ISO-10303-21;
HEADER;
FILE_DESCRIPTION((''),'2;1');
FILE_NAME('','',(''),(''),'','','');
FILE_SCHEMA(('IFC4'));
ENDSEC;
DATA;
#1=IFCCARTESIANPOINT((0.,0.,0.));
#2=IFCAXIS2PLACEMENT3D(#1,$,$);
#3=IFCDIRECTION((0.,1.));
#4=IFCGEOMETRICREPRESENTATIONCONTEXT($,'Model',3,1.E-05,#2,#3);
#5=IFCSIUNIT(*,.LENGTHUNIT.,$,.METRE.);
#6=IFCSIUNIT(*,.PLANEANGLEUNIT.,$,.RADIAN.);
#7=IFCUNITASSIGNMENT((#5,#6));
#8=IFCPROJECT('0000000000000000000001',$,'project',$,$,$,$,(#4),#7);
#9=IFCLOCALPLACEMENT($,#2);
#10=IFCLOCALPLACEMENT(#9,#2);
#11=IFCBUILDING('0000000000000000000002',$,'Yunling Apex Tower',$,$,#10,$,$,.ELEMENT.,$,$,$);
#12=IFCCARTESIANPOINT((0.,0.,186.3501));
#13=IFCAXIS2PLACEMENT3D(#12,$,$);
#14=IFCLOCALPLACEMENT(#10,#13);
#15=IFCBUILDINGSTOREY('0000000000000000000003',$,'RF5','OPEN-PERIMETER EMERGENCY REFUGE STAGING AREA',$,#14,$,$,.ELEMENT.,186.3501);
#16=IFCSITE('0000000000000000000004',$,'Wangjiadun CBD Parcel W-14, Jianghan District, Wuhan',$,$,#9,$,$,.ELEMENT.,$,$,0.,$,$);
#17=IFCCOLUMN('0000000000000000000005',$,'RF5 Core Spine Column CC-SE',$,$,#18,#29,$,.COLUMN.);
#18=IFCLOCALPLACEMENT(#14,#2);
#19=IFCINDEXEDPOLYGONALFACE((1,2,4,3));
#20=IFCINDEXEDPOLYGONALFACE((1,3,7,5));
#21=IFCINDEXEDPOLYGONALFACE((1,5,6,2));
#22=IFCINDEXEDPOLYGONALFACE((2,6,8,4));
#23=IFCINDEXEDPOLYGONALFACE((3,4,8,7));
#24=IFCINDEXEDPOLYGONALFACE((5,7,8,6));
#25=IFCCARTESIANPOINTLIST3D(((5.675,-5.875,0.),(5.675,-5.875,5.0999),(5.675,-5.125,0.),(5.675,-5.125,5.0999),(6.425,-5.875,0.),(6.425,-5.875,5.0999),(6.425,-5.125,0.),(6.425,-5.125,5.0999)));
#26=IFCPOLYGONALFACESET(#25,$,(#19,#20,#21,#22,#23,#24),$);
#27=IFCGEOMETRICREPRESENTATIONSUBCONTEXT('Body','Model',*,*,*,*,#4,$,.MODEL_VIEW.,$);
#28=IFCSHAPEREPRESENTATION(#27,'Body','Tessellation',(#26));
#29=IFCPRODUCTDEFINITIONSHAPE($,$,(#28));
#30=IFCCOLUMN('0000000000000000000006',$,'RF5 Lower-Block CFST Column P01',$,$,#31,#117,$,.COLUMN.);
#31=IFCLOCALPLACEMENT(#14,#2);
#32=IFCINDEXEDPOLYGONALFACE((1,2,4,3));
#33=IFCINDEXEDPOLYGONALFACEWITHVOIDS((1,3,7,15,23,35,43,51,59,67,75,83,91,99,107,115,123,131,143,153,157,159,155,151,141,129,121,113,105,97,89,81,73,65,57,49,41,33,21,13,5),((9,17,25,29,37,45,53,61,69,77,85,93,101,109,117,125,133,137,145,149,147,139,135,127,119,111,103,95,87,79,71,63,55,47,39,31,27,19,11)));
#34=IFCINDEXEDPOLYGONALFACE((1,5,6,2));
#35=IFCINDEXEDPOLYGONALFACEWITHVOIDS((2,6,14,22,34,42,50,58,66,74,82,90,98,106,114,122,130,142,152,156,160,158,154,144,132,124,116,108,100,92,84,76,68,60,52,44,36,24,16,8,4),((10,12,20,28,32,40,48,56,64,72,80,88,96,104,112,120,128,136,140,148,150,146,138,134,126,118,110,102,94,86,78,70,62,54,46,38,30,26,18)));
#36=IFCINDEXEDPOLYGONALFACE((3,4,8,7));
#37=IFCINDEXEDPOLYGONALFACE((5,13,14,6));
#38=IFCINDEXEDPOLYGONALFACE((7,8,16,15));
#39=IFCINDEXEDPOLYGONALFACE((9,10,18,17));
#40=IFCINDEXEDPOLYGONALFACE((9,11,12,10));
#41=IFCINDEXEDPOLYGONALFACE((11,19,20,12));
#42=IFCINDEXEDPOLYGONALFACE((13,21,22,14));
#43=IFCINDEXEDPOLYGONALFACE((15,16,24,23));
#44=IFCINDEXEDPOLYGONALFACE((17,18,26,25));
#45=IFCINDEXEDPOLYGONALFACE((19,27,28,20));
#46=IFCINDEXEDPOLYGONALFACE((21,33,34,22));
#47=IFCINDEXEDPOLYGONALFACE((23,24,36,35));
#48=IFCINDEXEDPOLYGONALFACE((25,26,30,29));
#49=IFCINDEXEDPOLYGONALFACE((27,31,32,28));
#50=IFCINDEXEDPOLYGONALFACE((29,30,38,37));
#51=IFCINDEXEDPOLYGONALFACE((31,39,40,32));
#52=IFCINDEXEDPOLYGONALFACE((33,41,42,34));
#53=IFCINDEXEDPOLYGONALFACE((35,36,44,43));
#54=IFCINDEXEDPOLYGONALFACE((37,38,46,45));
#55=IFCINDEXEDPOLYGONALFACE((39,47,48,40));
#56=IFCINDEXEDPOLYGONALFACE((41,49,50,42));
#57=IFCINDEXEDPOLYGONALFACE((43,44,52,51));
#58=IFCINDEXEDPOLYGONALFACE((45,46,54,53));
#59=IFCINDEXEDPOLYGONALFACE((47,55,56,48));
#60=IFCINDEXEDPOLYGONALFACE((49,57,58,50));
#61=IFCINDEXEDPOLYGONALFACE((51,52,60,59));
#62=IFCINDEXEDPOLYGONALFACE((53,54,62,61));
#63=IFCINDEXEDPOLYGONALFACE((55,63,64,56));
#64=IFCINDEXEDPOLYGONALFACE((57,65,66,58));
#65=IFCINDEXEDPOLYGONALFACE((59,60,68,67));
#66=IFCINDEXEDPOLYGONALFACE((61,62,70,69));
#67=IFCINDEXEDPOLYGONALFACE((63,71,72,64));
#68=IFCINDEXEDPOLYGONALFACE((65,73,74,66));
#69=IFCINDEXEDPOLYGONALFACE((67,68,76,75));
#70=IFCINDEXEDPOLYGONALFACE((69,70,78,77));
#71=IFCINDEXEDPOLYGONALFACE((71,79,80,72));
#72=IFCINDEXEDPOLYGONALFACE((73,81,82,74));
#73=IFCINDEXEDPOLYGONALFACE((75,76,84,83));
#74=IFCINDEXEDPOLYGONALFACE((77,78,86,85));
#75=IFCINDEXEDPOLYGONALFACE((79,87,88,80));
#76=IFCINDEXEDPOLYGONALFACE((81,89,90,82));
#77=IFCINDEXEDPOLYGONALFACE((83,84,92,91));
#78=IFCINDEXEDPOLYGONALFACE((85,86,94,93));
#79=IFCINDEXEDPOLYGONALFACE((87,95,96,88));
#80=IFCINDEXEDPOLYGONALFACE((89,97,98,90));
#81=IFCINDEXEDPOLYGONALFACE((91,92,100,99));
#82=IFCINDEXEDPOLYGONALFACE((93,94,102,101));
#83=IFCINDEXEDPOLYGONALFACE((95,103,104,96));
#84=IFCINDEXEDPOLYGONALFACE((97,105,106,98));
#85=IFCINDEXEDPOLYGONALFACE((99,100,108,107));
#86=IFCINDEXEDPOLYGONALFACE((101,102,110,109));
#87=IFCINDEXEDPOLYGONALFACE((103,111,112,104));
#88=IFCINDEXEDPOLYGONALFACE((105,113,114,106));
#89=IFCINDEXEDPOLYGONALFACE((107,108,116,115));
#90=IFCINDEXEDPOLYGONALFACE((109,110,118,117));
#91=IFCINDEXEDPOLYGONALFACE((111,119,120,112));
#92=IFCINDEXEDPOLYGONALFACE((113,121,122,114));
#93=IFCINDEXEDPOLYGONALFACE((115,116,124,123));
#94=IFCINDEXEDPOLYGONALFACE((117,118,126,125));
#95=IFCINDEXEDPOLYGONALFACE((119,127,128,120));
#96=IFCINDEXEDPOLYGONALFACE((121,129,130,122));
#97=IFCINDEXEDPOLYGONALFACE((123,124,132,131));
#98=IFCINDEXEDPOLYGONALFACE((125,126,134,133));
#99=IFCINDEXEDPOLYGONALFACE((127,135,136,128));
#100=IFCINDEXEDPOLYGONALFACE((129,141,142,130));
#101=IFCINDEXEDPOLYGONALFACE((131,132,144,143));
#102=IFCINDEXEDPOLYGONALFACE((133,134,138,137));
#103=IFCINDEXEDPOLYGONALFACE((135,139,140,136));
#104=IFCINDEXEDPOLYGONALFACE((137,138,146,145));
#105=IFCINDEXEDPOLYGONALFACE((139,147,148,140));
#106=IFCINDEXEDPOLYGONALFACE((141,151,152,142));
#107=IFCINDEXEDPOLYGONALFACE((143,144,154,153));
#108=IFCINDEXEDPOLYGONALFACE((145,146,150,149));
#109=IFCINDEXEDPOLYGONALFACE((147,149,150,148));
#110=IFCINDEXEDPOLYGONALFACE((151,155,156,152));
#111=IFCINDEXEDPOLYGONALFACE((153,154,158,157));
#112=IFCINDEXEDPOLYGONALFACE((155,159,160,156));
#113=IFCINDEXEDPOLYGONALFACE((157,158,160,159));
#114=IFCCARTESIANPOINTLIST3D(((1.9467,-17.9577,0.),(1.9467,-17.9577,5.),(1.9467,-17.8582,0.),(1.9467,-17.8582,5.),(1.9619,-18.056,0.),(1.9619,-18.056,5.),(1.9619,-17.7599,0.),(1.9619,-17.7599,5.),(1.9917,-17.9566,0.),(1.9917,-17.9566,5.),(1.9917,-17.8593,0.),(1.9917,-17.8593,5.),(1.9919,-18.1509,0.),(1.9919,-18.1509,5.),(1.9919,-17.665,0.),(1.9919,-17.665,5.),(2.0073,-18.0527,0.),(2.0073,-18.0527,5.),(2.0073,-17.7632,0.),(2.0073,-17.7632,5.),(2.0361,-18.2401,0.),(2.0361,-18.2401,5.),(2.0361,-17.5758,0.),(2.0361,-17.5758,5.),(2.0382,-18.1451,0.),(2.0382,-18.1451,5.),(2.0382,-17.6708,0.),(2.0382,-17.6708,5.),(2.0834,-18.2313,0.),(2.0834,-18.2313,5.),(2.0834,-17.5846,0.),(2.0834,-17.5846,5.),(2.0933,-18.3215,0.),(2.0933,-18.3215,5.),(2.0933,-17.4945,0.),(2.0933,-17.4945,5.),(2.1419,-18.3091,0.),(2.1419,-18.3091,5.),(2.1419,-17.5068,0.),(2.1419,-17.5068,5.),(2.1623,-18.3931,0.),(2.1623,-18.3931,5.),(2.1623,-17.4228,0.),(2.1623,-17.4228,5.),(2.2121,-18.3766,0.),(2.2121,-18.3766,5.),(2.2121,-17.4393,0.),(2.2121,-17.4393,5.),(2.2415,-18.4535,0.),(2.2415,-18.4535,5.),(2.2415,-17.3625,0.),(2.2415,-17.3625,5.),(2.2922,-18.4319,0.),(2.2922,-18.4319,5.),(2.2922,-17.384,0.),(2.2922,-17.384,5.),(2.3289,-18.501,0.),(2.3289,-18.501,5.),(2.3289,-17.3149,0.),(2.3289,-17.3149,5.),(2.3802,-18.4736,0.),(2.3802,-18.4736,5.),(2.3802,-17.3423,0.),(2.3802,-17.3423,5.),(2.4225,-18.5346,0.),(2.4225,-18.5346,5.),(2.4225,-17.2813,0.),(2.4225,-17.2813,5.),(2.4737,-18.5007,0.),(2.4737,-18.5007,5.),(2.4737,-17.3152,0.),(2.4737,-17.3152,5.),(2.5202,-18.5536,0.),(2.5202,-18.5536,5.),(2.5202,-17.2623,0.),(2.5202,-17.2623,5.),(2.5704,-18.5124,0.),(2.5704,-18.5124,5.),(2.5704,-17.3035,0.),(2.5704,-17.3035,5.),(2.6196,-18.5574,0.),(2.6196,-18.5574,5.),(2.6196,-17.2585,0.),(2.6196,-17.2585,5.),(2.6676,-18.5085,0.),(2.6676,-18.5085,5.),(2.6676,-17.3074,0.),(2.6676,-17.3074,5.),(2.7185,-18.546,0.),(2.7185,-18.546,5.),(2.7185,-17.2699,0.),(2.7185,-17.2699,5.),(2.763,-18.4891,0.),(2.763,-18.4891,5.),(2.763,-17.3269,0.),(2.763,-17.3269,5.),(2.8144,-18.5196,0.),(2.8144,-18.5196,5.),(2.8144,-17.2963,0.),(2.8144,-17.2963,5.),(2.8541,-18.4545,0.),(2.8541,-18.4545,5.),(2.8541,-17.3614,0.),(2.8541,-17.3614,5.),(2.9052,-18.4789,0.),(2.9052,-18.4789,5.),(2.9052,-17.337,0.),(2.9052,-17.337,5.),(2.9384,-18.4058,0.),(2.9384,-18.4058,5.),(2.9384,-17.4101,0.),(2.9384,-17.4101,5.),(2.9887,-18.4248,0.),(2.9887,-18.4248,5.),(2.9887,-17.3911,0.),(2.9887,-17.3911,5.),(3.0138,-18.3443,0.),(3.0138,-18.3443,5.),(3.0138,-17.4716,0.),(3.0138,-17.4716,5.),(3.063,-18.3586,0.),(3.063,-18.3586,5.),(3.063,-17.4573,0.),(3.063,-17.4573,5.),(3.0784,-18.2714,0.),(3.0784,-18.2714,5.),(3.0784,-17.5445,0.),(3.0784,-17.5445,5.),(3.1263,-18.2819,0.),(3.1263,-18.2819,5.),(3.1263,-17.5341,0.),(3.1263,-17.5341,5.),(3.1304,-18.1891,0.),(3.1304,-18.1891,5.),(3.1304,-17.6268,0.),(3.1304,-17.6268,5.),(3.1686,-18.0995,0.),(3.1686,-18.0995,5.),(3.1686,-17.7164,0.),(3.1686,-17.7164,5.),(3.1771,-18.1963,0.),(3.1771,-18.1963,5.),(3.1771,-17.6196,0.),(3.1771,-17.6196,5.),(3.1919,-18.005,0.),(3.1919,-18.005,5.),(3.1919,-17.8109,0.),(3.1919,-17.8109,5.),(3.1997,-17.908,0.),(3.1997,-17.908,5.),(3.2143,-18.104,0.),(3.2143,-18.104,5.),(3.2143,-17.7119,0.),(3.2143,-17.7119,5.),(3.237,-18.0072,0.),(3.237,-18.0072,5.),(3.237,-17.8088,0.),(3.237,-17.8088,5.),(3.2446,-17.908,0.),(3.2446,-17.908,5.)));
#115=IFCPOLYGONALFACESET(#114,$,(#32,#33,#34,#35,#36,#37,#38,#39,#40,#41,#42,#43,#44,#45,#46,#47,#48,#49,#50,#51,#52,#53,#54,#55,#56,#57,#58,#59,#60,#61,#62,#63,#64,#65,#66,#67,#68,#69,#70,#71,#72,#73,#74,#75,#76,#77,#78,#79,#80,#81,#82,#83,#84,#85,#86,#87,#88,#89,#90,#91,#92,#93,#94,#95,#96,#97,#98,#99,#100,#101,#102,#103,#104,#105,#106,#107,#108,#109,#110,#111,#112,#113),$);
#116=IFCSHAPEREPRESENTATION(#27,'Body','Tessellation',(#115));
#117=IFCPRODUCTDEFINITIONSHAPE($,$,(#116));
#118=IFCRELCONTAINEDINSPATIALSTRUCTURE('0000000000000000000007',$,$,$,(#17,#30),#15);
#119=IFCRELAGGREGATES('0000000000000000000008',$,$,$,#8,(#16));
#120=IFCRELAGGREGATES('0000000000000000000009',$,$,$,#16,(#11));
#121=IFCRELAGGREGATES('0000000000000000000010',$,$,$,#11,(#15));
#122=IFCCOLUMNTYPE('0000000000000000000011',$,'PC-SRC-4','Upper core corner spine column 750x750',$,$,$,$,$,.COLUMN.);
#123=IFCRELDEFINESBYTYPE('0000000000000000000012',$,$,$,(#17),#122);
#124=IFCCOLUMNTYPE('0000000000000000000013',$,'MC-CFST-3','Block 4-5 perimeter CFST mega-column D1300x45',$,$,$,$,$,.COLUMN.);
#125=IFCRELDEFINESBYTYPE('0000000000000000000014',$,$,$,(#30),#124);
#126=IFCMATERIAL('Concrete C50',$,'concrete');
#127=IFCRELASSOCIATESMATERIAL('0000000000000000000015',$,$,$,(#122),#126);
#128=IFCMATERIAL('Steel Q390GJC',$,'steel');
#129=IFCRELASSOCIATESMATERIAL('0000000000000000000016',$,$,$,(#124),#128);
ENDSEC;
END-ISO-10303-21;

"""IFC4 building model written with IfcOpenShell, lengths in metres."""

from ifc_helpers import new_model, si_unit, direction, frame, origin, origin_2d, place, context, subcontext, project, spatial, rectangle, hollow_circle, extrude, source, transform, mapped, material, material_profile, profile_set, type_object, element, save


model = new_model("IFC4")

# Units and contexts
model_context = context("Model", 3, precision=1e-05, world=origin(), true_north=direction((0.0, 1.0)))
body_context = subcontext(model_context, "Body", "Model", "MODEL_VIEW")
ifc_project = project(units=[si_unit("LENGTHUNIT", "METRE"), si_unit("PLANEANGLEUNIT", "RADIAN")], contexts=[model_context])

# Site, building, storey
site_placement = place(None, origin())
site = spatial("IfcSite", under=ifc_project, at=site_placement, Name="Wangjiadun CBD Parcel W-14, Jianghan District, Wuhan", CompositionType="ELEMENT", RefElevation=0.0)
building_placement = place(site_placement, origin())
building = spatial("IfcBuilding", under=site, at=building_placement, Name="Yunling Apex Tower", CompositionType="ELEMENT")
storey_placement = place(building_placement, frame((0.0, 0.0, 186.3501)))
storey = spatial("IfcBuildingStorey", under=building, at=storey_placement, Name="RF5", Description="OPEN-PERIMETER EMERGENCY REFUGE STAGING AREA", CompositionType="ELEMENT", Elevation=186.3501)

# Columns
ifc_material_1 = material(Name="Concrete C50", Category="concrete")
ifc_material_profile_1 = material_profile(ifc_material_1, rectangle(XDim=0.75, YDim=0.75, at=origin_2d()))
ifc_profile_set_1 = profile_set([ifc_material_profile_1], Name="Concrete C50")
column_type_1 = type_object("IfcColumnType", Name="PC-SRC-4", Description="Upper core corner spine column 750x750", PredefinedType="COLUMN", material=ifc_profile_set_1)
shared_shape_1 = source(origin(), body_context, "Body", "SweptSolid", [
    extrude(rectangle(XDim=0.75, YDim=0.75, at=origin_2d()), origin(), (0.0, 0.0, 1.0), 5.0999),
])
column_placement = place(storey_placement, frame((6.05, -5.5, 0.0), z_axis=(0.0, 0.0, 1.0), x_axis=(1.0, 0.0, 0.0)))
element("IfcColumn", 1, at=column_placement, inside=storey, type_object=column_type_1, Name="RF5 Core Spine Column CC-SE", PredefinedType="COLUMN", context=body_context, shape_type="MappedRepresentation", body=[
    mapped(shared_shape_1, transform((0.0, 0.0, 0.0), scale=1.0)),
])
ifc_material_2 = material(Name="Steel Q390GJC", Category="steel")
ifc_material_profile_2 = material_profile(ifc_material_2, hollow_circle(Radius=0.6499, WallThickness=0.0449, at=origin_2d()))
ifc_profile_set_2 = profile_set([ifc_material_profile_2], Name="Steel Q390GJC")
column_type_2 = type_object("IfcColumnType", Name="MC-CFST-3", Description="Block 4-5 perimeter CFST mega-column D1300x45", PredefinedType="COLUMN", material=ifc_profile_set_2)
shared_shape_2 = source(origin(), body_context, "Body", "SweptSolid", [
    extrude(hollow_circle(Radius=0.6499, WallThickness=0.0449, at=origin_2d()), origin(), (0.0, 0.0, 1.0), 5.0),
])
for number, where, z_axis, x_axis, name in (
    (2, (2.5947, -17.908, 0.0), (0.0, 0.0, 1.0), (1.0, 0.0, 0.0), "RF5 Lower-Block CFST Column P01"),
):
    element("IfcColumn", number, at=place(storey_placement, frame(where, z_axis=z_axis, x_axis=x_axis)), inside=storey, type_object=column_type_2, Name=name, PredefinedType="COLUMN", context=body_context, shape_type="MappedRepresentation", body=[
        mapped(shared_shape_2, transform((0.0, 0.0, 0.0), scale=1.0)),
    ])

save(model, "model.ifc")
